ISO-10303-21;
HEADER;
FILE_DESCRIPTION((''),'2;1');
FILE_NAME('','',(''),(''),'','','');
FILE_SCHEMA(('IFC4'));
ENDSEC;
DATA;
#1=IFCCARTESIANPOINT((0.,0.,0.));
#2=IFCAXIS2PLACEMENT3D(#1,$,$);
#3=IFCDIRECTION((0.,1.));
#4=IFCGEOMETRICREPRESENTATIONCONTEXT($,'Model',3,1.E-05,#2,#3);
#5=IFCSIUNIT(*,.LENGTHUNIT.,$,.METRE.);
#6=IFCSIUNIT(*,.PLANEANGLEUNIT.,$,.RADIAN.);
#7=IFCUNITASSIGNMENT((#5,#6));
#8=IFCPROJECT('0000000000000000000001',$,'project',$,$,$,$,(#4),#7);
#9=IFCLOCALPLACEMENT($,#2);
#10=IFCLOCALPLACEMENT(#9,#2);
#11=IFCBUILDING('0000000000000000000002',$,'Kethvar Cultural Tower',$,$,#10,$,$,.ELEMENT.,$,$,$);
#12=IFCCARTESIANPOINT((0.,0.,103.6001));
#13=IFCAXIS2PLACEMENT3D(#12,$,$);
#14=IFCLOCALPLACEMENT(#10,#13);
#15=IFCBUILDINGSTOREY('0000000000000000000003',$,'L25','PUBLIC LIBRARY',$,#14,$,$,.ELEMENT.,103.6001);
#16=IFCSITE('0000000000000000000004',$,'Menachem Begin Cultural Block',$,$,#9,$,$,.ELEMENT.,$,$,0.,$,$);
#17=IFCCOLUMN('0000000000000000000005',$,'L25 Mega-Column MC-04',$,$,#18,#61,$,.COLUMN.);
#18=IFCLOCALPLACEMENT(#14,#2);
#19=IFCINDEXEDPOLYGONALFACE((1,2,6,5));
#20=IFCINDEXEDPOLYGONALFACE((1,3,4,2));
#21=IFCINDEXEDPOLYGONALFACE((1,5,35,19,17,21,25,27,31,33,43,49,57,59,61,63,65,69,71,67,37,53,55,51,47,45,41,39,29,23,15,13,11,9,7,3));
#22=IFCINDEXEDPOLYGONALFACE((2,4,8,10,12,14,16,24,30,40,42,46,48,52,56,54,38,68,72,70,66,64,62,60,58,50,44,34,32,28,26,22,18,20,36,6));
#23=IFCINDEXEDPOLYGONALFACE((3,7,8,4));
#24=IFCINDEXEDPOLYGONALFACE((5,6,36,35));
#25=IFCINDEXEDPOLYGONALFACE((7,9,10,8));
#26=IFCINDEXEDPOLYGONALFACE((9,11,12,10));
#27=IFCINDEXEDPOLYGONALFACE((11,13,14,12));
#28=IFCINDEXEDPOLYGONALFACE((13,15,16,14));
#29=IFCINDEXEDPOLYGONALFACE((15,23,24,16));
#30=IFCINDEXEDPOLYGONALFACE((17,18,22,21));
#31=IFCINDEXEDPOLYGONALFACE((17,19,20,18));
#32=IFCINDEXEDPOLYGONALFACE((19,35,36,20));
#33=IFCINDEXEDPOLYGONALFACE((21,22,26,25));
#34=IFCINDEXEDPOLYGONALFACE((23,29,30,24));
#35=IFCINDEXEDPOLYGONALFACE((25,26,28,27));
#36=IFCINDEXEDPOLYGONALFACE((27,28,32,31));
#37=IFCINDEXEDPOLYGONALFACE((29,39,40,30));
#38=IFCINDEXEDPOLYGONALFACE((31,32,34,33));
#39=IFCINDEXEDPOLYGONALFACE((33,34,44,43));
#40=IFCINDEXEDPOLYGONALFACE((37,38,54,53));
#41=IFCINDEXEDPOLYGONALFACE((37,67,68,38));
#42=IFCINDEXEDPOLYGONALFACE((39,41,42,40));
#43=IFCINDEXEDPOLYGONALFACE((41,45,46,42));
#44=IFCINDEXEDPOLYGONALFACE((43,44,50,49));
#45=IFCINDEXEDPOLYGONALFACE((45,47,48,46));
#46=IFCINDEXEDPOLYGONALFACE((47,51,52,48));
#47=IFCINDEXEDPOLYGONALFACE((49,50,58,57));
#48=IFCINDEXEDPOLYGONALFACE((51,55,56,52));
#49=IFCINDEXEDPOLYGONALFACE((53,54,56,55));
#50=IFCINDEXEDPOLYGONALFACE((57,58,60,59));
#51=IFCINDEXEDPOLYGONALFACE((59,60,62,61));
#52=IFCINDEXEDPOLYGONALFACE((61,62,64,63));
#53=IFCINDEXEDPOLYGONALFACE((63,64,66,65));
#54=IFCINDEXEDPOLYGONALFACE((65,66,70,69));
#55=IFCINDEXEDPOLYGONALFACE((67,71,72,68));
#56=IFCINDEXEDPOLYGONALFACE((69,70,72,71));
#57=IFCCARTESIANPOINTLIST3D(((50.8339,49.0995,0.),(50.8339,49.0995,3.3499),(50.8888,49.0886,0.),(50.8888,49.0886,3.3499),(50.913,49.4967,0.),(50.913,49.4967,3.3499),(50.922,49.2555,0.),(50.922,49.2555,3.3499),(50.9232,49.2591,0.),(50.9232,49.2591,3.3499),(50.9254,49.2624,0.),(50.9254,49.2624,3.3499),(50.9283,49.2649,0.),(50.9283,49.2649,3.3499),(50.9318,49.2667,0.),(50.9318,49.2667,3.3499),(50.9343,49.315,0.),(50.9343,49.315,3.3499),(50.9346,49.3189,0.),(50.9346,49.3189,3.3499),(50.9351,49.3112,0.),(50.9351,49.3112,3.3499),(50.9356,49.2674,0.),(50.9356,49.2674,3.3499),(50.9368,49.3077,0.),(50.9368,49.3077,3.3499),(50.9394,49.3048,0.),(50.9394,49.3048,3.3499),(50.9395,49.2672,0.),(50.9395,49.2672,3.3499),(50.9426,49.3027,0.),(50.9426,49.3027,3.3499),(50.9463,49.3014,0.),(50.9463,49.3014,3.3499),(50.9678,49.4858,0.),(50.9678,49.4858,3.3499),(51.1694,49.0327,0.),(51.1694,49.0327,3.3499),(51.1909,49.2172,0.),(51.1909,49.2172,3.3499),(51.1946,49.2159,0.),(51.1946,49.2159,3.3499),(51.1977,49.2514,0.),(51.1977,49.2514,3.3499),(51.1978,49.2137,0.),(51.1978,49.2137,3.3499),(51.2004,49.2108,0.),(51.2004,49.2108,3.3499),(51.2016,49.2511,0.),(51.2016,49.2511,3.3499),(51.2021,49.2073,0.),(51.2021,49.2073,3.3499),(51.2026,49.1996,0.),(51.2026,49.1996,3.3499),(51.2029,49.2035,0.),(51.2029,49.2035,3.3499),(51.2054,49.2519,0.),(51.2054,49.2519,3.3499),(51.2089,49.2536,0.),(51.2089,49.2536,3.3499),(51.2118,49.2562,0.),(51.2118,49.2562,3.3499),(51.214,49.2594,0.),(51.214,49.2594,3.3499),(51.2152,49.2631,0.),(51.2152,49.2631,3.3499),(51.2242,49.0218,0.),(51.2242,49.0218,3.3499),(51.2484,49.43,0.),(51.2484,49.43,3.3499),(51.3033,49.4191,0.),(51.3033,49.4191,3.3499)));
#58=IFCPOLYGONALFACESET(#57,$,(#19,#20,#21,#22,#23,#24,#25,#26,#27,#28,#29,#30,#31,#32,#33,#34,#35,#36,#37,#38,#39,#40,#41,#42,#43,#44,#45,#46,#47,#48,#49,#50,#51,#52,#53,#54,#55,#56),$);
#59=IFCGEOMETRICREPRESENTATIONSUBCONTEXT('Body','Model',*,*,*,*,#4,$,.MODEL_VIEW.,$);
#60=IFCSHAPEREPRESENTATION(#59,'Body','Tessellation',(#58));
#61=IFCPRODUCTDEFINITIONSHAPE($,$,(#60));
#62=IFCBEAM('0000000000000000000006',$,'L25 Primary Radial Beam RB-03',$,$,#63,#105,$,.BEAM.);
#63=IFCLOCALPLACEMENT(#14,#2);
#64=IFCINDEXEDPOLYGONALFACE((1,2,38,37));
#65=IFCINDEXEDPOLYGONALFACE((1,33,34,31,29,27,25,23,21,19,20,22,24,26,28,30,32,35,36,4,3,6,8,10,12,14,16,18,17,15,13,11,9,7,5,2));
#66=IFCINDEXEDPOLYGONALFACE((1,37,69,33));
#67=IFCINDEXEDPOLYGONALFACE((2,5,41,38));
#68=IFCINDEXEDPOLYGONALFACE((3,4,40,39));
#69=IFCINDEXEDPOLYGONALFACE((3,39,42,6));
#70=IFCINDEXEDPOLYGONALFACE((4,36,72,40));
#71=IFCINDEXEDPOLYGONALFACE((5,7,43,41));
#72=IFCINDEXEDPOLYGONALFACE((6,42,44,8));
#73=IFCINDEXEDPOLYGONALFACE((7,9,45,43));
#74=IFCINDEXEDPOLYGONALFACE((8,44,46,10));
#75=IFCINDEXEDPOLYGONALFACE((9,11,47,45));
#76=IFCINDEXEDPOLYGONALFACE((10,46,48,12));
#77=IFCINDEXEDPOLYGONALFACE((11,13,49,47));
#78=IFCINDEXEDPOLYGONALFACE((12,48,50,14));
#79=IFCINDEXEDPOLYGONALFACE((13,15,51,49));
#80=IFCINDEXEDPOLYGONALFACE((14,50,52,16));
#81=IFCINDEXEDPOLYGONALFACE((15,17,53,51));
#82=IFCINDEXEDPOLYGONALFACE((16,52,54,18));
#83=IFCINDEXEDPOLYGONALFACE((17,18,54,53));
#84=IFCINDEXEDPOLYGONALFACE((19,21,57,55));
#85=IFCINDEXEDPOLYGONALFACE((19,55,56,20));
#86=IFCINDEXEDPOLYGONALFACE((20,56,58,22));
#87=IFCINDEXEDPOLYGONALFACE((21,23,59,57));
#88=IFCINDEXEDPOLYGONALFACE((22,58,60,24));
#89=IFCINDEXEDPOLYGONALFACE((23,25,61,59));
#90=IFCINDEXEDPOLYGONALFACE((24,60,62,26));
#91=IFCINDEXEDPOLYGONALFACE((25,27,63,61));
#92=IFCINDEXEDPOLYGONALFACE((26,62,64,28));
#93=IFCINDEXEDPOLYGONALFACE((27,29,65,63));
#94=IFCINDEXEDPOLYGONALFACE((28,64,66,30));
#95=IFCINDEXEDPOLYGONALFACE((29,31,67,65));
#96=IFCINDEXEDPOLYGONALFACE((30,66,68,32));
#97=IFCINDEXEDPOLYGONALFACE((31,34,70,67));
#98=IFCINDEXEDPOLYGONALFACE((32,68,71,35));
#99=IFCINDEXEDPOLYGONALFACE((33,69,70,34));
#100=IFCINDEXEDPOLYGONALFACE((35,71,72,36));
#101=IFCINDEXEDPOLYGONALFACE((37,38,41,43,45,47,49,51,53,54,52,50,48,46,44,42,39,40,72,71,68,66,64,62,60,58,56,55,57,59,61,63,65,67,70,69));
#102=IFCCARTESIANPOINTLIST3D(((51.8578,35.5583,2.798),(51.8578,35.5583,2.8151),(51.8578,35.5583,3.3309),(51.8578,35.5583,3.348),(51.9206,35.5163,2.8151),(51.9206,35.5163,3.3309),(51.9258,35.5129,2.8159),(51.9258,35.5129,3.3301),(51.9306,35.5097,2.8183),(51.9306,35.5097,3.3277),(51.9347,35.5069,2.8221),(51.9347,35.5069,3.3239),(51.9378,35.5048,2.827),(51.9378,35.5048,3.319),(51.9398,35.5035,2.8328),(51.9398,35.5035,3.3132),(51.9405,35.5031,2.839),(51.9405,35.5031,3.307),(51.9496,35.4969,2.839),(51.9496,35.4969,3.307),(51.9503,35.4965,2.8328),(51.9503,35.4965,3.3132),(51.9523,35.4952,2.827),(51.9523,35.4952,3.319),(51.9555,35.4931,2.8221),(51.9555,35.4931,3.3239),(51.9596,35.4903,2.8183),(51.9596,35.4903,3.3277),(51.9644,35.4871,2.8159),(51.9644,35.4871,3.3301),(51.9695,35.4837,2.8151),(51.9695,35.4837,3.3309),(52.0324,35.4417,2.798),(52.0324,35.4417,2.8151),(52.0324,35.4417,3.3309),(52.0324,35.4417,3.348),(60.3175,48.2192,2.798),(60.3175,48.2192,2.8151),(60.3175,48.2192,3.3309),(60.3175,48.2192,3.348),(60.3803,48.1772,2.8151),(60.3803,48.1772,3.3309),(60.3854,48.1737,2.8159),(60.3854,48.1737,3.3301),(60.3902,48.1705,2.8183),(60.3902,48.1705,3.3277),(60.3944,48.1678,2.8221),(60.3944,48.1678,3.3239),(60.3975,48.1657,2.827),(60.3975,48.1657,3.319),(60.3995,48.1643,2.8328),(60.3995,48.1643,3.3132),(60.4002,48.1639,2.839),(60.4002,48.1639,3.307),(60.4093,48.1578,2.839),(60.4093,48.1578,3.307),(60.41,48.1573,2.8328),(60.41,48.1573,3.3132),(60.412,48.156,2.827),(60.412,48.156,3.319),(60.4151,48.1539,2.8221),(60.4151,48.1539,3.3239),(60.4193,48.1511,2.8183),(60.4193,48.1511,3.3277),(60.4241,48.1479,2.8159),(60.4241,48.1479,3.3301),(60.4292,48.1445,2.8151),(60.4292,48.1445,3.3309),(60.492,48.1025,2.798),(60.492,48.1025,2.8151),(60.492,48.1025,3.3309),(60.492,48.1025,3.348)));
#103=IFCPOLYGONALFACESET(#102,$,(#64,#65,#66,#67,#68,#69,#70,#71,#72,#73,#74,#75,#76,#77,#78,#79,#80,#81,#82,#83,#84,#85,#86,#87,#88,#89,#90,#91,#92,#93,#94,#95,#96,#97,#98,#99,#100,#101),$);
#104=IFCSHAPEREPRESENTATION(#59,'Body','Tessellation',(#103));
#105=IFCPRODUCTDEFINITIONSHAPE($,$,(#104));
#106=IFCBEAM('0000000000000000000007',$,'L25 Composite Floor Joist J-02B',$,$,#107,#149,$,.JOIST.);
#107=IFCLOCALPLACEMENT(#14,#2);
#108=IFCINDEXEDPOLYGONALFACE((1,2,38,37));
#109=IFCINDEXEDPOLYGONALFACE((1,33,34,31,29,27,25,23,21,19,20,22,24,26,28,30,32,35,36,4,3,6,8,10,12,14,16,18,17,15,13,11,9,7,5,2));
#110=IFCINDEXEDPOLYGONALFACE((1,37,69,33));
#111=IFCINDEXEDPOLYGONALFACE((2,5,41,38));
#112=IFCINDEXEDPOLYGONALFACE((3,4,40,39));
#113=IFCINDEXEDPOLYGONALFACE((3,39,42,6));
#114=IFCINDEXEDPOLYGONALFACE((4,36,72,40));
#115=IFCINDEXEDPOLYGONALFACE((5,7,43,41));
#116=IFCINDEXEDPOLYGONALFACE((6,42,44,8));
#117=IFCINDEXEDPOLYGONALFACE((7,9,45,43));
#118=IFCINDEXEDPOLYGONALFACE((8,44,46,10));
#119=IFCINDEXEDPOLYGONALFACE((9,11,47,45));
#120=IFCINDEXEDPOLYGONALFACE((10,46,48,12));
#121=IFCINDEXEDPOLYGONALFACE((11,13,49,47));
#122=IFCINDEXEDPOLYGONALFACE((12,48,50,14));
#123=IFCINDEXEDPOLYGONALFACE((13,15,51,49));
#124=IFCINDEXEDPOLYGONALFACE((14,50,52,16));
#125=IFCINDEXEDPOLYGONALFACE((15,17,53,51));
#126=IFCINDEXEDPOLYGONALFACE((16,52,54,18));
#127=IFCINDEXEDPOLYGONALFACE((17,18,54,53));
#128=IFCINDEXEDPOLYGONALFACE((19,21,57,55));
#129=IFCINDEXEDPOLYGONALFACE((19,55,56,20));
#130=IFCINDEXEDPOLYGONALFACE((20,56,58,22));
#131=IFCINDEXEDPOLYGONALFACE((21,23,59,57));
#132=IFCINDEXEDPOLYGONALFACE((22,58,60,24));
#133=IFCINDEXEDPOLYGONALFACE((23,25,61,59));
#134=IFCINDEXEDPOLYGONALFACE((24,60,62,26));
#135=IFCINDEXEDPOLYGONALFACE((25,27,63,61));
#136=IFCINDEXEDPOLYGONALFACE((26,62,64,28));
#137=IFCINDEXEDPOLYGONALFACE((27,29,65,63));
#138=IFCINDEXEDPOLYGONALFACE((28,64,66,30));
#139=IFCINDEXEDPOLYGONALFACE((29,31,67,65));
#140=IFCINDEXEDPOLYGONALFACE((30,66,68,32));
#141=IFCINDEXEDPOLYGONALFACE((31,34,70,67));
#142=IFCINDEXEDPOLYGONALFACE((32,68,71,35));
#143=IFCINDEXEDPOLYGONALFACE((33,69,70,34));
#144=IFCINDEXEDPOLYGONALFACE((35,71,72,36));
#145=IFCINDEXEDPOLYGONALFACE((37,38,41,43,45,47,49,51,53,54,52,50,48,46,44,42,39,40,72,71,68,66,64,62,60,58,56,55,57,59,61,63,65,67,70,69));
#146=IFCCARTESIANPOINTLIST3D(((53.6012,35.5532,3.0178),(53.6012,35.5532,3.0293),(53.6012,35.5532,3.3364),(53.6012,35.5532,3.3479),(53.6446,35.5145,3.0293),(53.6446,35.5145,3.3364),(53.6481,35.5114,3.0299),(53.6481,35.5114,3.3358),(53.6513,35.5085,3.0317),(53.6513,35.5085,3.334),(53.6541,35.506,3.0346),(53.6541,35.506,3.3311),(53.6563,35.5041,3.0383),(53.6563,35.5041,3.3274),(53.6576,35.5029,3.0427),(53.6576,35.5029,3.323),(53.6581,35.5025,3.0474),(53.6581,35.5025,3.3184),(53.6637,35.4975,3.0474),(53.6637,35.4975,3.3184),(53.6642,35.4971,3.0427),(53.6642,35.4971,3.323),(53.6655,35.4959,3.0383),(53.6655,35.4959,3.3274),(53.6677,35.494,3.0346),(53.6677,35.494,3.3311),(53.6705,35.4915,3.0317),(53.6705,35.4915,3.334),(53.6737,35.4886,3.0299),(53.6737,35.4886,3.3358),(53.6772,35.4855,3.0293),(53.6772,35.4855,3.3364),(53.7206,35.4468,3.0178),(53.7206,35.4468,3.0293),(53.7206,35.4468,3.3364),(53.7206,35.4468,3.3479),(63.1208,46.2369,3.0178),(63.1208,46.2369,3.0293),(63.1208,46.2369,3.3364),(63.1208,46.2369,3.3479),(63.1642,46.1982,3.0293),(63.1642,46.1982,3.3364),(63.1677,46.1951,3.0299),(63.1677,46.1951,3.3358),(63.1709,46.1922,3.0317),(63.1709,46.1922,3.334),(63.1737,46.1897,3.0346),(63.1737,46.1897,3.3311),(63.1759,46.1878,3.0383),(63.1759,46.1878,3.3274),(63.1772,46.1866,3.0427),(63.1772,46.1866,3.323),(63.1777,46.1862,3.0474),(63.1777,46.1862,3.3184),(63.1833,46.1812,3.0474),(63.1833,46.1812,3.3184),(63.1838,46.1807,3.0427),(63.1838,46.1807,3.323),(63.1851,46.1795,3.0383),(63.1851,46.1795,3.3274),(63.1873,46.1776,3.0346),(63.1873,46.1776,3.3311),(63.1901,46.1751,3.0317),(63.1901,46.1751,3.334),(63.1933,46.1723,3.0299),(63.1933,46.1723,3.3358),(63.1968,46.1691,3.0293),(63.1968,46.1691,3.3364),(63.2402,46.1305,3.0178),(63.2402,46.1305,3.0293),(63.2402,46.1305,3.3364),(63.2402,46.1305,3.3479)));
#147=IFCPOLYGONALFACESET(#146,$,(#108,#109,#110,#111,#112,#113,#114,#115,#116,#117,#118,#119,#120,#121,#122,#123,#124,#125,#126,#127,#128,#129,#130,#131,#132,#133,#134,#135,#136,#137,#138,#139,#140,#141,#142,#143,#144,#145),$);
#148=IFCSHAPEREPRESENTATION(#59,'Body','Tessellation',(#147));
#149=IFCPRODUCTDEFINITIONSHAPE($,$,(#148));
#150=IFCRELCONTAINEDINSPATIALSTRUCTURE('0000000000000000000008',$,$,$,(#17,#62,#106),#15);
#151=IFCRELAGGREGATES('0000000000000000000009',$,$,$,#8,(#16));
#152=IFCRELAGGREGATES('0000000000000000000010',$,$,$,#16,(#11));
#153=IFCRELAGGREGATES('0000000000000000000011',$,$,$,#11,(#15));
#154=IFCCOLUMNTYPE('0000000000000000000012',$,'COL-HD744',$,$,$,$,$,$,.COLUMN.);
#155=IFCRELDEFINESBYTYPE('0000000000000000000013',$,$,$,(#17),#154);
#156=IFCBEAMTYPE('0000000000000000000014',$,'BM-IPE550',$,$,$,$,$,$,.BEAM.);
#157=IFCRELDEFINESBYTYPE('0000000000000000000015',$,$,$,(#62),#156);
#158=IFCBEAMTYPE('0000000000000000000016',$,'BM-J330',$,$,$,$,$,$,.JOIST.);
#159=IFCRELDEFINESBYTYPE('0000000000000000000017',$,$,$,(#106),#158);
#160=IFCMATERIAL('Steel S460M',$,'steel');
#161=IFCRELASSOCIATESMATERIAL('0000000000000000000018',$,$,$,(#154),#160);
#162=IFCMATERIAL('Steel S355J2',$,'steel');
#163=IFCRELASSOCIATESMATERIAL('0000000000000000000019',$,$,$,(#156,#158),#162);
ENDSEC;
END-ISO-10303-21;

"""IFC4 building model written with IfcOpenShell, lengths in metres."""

from ifc_helpers import new_model, si_unit, direction, frame, origin, origin_2d, place, context, subcontext, project, spatial, i_section, extrude, source, transform, mapped, material, material_profile, profile_set, type_object, element, save


model = new_model("IFC4")

# Units and contexts
model_context = context("Model", 3, precision=1e-05, world=origin(), true_north=direction((0.0, 1.0)))
body_context = subcontext(model_context, "Body", "Model", "MODEL_VIEW")
ifc_project = project(units=[si_unit("LENGTHUNIT", "METRE"), si_unit("PLANEANGLEUNIT", "RADIAN")], contexts=[model_context])

# Site, building, storey
site_placement = place(None, origin())
site = spatial("IfcSite", under=ifc_project, at=site_placement, Name="Menachem Begin Cultural Block", CompositionType="ELEMENT", RefElevation=0.0)
building_placement = place(site_placement, origin())
building = spatial("IfcBuilding", under=site, at=building_placement, Name="Kethvar Cultural Tower", CompositionType="ELEMENT")
storey_placement = place(building_placement, frame((0.0, 0.0, 103.6001)))
storey = spatial("IfcBuildingStorey", under=building, at=storey_placement, Name="L25", Description="PUBLIC LIBRARY", CompositionType="ELEMENT", Elevation=103.6001)

# Column
ifc_material_1 = material(Name="Steel S460M", Category="steel")
ifc_material_profile_1 = material_profile(ifc_material_1, i_section(OverallWidth=0.405, OverallDepth=0.3979, WebThickness=0.0349, FlangeThickness=0.0559, FilletRadius=0.0149, at=origin_2d()), Name="Steel S460M — HD400x744")
ifc_profile_set_1 = profile_set([ifc_material_profile_1], Name="Steel S460M — HD400x744")
column_type = type_object("IfcColumnType", Name="COL-HD744", PredefinedType="COLUMN", material=ifc_profile_set_1)
shared_shape_1 = source(origin(), body_context, "Body", "SweptSolid", [
    extrude(i_section(OverallWidth=0.405, OverallDepth=0.3979, WebThickness=0.0349, FlangeThickness=0.0559, FilletRadius=0.0149, at=origin_2d()), origin(), (0.0, 0.0, 1.0), 3.3499),
])
column_placement = place(storey_placement, frame((51.0686, 49.2593, 0.0), z_axis=(0.0, 0.0, 1.0), x_axis=(0.19509, 0.980785, 0.0)))
element("IfcColumn", 1, at=column_placement, inside=storey, type_object=column_type, Name="L25 Mega-Column MC-04", PredefinedType="COLUMN", context=body_context, shape_type="MappedRepresentation", body=[
    mapped(shared_shape_1, transform((0.0, 0.0, 0.0), scale=1.0)),
])

# Beams
ifc_material_2 = material(Name="Steel S355J2", Category="steel")
ifc_material_profile_2 = material_profile(ifc_material_2, i_section(OverallWidth=0.21, OverallDepth=0.55, WebThickness=0.011, FlangeThickness=0.0171, FilletRadius=0.0239, at=origin_2d()), Name="Steel S355J2 — IPE550")
ifc_profile_set_2 = profile_set([ifc_material_profile_2], Name="Steel S355J2 — IPE550")
beam_type_1 = type_object("IfcBeamType", Name="BM-IPE550", PredefinedType="BEAM", material=ifc_profile_set_2)
shared_shape_2 = source(origin(), body_context, "Body", "SweptSolid", [
    extrude(i_section(OverallWidth=0.21, OverallDepth=0.55, WebThickness=0.011, FlangeThickness=0.0171, FilletRadius=0.0239, at=origin_2d()), origin(), (0.0, 0.0, 1.0), 15.2271),
])
beam_1_placement = place(storey_placement, frame((51.9451, 35.5, 3.073), z_axis=(0.555569, 0.83147, 0.0), x_axis=(-0.83147, 0.555569, 0.0)))
element("IfcBeam", 2, at=beam_1_placement, inside=storey, type_object=beam_type_1, Name="L25 Primary Radial Beam RB-03", PredefinedType="BEAM", context=body_context, shape_type="MappedRepresentation", body=[
    mapped(shared_shape_2, transform((0.0, 0.0, 0.0), scale=1.0)),
])
ifc_material_profile_3 = material_profile(ifc_material_2, i_section(OverallWidth=0.1599, OverallDepth=0.3301, WebThickness=0.0076, FlangeThickness=0.0115, FilletRadius=0.0181, at=origin_2d()), Name="Steel S355J2 — IPE330")
ifc_profile_set_3 = profile_set([ifc_material_profile_3], Name="Steel S355J2 — IPE330")
beam_type_2 = type_object("IfcBeamType", Name="BM-J330", PredefinedType="JOIST", material=ifc_profile_set_3)
shared_shape_3 = source(origin(), body_context, "Body", "SweptSolid", [
    extrude(i_section(OverallWidth=0.1599, OverallDepth=0.3301, WebThickness=0.0076, FlangeThickness=0.0115, FilletRadius=0.0181, at=origin_2d()), origin(), (0.0, 0.0, 1.0), 14.3096),
])
beam_2_placement = place(storey_placement, frame((53.6609, 35.5, 3.1829), z_axis=(0.665261, 0.746611, 0.0), x_axis=(-0.746611, 0.665261, 0.0)))
element("IfcBeam", 3, at=beam_2_placement, inside=storey, type_object=beam_type_2, Name="L25 Composite Floor Joist J-02B", PredefinedType="JOIST", context=body_context, shape_type="MappedRepresentation", body=[
    mapped(shared_shape_3, transform((0.0, 0.0, 0.0), scale=1.0)),
])

save(model, "model.ifc")
